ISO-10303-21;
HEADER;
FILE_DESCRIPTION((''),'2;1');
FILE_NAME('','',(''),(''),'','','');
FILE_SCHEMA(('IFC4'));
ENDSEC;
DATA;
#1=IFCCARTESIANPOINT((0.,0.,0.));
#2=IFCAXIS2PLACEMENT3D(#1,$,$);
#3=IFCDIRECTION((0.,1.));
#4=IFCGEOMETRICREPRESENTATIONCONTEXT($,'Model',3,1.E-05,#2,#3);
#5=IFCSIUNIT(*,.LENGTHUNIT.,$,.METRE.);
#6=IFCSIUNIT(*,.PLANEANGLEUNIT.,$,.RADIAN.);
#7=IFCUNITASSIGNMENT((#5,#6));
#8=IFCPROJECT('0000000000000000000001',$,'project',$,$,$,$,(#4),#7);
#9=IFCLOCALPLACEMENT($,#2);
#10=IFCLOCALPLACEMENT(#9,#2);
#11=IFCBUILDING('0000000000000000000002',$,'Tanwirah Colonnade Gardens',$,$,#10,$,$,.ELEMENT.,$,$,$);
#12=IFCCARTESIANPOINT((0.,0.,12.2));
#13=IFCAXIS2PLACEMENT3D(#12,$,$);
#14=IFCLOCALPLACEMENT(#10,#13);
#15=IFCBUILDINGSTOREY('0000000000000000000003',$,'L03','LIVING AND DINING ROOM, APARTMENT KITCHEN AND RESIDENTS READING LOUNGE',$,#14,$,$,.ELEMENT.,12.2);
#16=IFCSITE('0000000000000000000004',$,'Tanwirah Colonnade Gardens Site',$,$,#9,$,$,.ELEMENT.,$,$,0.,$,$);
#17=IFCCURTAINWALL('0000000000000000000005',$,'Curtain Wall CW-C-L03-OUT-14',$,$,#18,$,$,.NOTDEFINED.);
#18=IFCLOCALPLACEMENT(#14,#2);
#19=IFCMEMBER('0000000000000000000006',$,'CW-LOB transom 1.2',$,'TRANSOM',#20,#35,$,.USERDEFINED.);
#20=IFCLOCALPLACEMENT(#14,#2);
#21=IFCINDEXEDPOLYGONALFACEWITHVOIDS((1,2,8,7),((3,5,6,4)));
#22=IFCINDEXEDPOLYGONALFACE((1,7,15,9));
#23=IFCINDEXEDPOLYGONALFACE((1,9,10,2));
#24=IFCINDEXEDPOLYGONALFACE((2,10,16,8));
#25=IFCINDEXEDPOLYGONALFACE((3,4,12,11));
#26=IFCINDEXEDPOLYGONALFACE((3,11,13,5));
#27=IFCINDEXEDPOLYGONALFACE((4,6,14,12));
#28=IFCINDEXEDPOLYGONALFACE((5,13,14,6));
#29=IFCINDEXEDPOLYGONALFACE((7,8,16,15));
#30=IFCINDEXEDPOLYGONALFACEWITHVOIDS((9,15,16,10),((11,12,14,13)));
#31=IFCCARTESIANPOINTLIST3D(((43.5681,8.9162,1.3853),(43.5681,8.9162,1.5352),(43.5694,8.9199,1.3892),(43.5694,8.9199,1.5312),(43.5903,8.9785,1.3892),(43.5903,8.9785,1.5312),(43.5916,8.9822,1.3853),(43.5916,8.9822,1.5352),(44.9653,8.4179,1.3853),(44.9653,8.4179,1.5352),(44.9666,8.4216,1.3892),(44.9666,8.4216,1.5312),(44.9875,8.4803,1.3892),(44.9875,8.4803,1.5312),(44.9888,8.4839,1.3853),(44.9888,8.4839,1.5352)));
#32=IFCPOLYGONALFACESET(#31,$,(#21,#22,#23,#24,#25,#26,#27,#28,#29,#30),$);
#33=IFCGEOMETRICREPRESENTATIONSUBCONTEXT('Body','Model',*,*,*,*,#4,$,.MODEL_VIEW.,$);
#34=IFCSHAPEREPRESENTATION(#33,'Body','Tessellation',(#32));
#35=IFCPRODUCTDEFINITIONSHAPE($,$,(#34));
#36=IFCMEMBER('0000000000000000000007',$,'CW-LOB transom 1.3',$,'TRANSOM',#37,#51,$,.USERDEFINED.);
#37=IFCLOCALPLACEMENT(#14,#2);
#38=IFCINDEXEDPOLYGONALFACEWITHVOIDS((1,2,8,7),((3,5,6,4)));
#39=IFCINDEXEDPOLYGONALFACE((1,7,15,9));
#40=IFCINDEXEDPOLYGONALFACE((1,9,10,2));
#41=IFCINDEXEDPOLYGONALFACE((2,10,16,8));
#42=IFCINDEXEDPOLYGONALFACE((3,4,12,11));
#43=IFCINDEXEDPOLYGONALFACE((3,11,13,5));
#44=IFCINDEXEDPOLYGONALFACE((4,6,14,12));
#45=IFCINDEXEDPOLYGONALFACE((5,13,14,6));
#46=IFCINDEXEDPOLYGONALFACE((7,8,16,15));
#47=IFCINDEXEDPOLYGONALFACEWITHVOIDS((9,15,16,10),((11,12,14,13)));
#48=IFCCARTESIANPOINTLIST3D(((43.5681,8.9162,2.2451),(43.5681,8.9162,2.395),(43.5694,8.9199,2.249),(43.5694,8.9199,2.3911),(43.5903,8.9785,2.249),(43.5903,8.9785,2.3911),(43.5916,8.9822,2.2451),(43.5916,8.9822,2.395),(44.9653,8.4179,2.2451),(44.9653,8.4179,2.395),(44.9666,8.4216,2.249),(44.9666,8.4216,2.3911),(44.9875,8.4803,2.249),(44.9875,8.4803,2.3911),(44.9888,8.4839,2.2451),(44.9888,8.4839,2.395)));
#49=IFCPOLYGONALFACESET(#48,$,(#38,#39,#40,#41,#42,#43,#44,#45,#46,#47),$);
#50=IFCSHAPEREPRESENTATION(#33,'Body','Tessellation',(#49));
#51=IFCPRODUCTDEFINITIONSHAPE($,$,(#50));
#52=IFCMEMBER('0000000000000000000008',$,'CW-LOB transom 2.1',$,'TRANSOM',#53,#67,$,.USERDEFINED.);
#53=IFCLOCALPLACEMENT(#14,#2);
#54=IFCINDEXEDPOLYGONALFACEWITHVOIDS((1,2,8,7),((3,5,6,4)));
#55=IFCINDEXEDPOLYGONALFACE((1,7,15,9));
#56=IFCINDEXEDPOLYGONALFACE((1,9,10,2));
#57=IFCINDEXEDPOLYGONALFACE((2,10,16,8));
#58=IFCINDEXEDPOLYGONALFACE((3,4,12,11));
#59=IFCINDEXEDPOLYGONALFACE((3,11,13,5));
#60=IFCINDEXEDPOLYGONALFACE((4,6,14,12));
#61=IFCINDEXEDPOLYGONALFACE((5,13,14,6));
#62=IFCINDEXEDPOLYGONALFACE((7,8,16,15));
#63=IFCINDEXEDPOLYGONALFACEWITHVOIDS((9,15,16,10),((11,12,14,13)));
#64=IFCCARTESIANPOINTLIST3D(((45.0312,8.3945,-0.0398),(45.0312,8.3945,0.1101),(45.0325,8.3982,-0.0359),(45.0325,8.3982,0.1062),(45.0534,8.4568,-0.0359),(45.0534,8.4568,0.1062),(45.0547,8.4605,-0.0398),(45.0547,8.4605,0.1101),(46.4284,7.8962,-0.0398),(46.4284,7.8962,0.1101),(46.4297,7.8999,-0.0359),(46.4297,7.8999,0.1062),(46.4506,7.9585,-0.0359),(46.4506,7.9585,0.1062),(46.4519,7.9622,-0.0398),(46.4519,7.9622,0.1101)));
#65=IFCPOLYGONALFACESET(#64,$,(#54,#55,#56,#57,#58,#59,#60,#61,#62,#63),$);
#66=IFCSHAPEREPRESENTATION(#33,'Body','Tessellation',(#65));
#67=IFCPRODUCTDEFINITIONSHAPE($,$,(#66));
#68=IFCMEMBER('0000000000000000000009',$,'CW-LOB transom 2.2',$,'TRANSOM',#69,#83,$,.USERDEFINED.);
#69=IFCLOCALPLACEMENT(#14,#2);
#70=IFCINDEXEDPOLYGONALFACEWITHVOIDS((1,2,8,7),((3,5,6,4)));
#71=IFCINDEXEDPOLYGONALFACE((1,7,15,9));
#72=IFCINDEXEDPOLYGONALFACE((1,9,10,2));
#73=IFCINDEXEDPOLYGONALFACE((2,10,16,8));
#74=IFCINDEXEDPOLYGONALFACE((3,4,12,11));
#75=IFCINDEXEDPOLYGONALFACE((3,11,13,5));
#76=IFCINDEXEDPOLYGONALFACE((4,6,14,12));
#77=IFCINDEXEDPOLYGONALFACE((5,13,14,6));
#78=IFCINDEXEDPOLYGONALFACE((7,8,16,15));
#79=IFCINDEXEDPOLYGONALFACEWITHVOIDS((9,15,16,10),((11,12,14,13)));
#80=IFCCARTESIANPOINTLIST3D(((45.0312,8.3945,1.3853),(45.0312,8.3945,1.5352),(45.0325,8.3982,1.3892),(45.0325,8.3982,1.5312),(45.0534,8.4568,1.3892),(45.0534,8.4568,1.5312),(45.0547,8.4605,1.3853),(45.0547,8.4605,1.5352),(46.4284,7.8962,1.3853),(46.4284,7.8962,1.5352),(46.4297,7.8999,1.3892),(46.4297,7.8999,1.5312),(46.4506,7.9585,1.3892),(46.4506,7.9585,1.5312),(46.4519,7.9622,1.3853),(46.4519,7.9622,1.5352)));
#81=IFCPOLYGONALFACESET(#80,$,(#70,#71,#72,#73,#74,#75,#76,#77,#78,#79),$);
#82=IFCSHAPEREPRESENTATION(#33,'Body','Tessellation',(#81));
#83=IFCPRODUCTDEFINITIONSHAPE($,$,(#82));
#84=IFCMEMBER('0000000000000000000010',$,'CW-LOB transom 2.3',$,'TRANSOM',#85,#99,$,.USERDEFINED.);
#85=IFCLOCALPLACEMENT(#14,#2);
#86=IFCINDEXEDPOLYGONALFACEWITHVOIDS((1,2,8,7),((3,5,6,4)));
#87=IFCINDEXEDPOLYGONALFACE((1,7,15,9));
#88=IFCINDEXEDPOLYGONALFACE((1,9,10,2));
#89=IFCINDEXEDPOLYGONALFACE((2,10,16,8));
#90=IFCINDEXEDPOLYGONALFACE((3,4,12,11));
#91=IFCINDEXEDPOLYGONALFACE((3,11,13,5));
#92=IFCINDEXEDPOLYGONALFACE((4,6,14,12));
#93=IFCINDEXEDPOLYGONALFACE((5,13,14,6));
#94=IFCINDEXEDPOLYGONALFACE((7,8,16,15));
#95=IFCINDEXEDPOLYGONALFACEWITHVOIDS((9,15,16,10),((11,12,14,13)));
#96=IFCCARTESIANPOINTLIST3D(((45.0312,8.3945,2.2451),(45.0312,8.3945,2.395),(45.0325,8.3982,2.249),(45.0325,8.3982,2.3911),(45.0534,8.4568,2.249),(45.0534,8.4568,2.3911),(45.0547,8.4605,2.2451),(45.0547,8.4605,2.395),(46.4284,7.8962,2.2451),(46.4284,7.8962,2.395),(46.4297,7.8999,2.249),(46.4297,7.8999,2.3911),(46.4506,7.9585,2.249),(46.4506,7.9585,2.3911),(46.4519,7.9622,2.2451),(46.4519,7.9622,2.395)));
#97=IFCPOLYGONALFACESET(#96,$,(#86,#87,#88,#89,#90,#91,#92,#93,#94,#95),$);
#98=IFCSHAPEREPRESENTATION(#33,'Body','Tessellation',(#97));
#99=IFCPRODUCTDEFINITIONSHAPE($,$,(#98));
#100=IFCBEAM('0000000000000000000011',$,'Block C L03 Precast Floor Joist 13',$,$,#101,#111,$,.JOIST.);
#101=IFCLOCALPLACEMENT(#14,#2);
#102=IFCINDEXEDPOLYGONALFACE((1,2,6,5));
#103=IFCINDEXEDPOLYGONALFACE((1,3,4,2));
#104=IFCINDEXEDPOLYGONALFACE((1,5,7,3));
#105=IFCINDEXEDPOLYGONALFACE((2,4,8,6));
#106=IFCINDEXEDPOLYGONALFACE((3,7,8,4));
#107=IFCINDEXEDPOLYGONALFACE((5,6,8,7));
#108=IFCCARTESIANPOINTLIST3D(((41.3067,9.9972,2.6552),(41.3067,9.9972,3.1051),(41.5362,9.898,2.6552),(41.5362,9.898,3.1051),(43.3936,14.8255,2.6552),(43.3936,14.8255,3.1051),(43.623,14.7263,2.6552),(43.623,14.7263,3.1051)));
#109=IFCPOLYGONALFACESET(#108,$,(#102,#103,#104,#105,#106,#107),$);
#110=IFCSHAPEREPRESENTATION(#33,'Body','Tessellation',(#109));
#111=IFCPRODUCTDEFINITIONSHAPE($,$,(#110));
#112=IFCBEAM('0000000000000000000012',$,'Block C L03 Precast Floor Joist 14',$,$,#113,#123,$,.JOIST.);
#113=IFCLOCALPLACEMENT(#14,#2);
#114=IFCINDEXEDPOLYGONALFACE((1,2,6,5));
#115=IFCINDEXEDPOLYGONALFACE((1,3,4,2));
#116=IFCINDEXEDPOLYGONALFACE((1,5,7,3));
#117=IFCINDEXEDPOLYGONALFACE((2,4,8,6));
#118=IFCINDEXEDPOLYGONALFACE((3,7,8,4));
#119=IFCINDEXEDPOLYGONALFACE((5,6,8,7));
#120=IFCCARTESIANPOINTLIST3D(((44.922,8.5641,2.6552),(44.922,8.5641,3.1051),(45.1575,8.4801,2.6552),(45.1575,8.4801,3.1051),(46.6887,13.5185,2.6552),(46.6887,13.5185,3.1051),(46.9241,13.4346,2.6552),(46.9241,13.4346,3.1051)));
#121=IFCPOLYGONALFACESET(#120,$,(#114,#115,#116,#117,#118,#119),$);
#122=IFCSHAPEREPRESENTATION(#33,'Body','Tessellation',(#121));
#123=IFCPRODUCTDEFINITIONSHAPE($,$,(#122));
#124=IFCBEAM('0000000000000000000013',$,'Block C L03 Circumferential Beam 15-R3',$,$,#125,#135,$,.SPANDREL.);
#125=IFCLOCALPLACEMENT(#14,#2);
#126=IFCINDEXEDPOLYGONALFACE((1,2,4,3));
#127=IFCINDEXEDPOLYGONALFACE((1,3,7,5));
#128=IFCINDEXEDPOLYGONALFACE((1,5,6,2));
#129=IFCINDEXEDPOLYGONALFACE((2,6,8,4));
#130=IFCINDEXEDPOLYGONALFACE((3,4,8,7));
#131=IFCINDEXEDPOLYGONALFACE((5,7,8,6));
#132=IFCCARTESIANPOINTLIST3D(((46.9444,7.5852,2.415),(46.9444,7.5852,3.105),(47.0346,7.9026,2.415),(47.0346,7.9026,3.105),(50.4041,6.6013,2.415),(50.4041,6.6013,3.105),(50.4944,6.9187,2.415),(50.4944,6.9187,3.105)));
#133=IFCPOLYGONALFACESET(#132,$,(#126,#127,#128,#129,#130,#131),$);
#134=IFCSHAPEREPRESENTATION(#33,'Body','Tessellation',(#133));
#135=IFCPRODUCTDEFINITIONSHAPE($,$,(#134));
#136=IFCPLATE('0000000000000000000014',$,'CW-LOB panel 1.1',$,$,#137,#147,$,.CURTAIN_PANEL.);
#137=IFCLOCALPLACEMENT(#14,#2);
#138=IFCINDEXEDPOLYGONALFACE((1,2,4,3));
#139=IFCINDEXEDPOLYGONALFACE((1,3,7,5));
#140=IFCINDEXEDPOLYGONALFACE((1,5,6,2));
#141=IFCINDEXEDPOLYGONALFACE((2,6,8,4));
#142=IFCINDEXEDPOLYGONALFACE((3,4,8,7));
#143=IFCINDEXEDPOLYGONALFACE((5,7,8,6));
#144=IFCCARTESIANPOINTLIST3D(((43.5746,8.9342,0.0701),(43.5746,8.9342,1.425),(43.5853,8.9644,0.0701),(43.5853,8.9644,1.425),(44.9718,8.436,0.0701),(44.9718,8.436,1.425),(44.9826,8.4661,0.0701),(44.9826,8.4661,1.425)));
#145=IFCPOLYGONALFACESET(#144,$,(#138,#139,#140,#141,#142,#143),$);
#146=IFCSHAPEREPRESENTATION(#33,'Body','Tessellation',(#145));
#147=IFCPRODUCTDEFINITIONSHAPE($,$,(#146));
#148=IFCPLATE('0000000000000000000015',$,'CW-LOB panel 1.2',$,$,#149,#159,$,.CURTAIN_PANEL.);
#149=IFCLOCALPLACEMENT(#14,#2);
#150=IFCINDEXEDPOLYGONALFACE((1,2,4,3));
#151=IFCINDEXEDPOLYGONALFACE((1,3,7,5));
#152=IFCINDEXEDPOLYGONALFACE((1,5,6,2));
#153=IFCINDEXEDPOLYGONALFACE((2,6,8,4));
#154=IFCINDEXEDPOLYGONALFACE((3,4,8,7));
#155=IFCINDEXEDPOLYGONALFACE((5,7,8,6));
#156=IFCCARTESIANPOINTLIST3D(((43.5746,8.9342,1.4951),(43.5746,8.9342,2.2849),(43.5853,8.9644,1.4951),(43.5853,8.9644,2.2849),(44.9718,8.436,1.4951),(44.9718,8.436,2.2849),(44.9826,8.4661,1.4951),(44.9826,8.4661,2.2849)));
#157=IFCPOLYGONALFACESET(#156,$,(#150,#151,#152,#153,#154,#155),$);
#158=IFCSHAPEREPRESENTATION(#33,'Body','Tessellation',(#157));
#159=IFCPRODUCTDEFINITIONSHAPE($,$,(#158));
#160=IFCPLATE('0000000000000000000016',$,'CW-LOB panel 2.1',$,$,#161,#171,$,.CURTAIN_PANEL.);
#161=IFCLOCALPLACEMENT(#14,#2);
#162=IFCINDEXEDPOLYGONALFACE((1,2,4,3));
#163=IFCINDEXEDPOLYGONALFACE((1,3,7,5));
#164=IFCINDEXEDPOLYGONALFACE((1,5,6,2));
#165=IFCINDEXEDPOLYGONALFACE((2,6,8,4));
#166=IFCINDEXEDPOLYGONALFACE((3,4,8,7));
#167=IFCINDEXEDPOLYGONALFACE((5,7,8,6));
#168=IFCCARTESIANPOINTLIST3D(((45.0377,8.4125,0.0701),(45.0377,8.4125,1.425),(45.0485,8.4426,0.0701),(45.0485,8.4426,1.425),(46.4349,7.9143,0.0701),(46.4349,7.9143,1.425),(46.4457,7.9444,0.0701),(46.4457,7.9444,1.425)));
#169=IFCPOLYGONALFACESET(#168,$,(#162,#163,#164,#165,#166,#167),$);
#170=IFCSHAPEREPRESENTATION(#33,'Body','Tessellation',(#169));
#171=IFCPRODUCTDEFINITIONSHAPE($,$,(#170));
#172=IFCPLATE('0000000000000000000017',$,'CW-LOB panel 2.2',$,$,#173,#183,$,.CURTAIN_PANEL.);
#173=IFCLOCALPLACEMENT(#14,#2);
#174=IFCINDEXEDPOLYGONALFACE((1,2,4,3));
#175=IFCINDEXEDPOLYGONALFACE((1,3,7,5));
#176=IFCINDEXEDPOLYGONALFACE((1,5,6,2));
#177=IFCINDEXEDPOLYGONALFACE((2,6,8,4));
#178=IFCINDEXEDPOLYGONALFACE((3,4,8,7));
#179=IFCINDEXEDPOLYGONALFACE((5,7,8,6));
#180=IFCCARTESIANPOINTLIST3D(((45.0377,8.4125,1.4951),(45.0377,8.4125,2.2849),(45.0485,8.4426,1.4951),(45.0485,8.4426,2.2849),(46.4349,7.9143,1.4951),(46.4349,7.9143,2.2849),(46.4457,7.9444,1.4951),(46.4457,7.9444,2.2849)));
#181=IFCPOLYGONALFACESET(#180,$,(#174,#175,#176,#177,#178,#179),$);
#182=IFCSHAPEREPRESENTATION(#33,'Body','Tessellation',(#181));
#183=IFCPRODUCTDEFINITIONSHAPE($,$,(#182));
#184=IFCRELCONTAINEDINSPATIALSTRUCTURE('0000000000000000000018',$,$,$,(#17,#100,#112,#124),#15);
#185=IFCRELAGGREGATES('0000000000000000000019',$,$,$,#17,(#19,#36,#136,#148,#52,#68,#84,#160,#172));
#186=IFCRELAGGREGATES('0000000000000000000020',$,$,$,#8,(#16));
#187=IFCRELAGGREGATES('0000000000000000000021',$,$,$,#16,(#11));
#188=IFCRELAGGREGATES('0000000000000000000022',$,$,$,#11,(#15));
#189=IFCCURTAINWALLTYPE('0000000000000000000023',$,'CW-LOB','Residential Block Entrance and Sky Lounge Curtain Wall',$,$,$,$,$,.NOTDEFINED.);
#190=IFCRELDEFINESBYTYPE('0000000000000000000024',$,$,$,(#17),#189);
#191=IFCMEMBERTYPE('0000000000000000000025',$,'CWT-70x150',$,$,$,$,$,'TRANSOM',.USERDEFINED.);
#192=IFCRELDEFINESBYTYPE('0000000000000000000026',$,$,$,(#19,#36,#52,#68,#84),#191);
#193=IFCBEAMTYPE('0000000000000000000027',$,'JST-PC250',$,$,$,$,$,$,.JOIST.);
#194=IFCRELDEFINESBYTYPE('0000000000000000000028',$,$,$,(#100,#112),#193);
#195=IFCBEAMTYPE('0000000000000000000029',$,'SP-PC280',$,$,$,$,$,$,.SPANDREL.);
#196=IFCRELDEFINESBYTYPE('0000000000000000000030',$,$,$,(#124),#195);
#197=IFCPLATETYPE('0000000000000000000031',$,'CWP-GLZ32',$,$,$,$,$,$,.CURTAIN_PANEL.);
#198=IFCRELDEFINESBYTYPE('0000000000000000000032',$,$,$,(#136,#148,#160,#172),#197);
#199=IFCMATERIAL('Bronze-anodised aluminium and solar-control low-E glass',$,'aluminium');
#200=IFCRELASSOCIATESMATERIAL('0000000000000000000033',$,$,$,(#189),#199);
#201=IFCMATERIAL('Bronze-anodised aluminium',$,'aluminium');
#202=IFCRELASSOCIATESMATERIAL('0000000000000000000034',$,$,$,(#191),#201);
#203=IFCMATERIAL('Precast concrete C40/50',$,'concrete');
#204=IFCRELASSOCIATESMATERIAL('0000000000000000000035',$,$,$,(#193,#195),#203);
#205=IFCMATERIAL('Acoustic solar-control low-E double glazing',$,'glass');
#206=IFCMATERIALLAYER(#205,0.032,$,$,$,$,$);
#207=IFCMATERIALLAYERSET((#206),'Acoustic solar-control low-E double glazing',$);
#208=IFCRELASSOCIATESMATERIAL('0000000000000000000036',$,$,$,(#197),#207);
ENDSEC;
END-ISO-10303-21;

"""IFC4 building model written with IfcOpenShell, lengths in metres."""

from ifc_helpers import new_model, si_unit, direction, frame, origin, origin_2d, place, context, subcontext, project, spatial, rectangle, hollow_rectangle, extrude, material, layer, layer_set, material_profile, profile_set, type_object, element, aggregate, save


model = new_model("IFC4")

# Units and contexts
model_context = context("Model", 3, precision=1e-05, world=origin(), true_north=direction((0.0, 1.0)))
body_context = subcontext(model_context, "Body", "Model", "MODEL_VIEW")
ifc_project = project(units=[si_unit("LENGTHUNIT", "METRE"), si_unit("PLANEANGLEUNIT", "RADIAN")], contexts=[model_context])

# Site, building, storey
site_placement = place(None, origin())
site = spatial("IfcSite", under=ifc_project, at=site_placement, Name="Tanwirah Colonnade Gardens Site", CompositionType="ELEMENT", RefElevation=0.0)
building_placement = place(site_placement, origin())
building = spatial("IfcBuilding", under=site, at=building_placement, Name="Tanwirah Colonnade Gardens", CompositionType="ELEMENT")
storey_placement = place(building_placement, frame((0.0, 0.0, 12.2)))
storey = spatial("IfcBuildingStorey", under=building, at=storey_placement, Name="L03", Description="LIVING AND DINING ROOM, APARTMENT KITCHEN AND RESIDENTS READING LOUNGE", CompositionType="ELEMENT", Elevation=12.2)

# Shared definitions
ifc_material_1 = material(Name="Precast concrete C40/50", Category="concrete")

# Curtain wall, members
ifc_material_2 = material(Name="Bronze-anodised aluminium and solar-control low-E glass", Category="aluminium")
curtain_wall_type = type_object("IfcCurtainWallType", Name="CW-LOB", Description="Residential Block Entrance and Sky Lounge Curtain Wall", PredefinedType="NOTDEFINED", material=ifc_material_2)
curtain_wall_placement = place(storey_placement, origin())
curtain_wall = element("IfcCurtainWall", 1, at=curtain_wall_placement, inside=storey, type_object=curtain_wall_type, Name="Curtain Wall CW-C-L03-OUT-14", PredefinedType="NOTDEFINED")
ifc_material_3 = material(Name="Bronze-anodised aluminium", Category="aluminium")
ifc_material_profile_1 = material_profile(ifc_material_3, hollow_rectangle(XDim=0.0701, YDim=0.1499, WallThickness=0.0039, at=origin_2d()), Name="CW-TRN 70x150x4")
ifc_profile_set_1 = profile_set([ifc_material_profile_1], Name="Bronze-anodised aluminium")
member_type_1 = type_object("IfcMemberType", Name="CWT-70x150", ElementType="TRANSOM", PredefinedType="USERDEFINED", material=ifc_profile_set_1)
member_1_placement = place(storey_placement, frame((43.5798, 8.9492, 1.4602), z_axis=(0.941894, -0.335909, 0.0), x_axis=(0.335909, 0.941894, 0.0)))
member_1 = element("IfcMember", 2, at=member_1_placement, type_object=member_type_1, Name="CW-LOB transom 1.2", ObjectType="TRANSOM", PredefinedType="USERDEFINED", context=body_context, shape_type="SweptSolid", body=[
    extrude(hollow_rectangle(XDim=0.0701, YDim=0.1499, WallThickness=0.0039, at=origin_2d()), origin(), (0.0, 0.0, 1.0), 1.4834),
])
member_2_placement = place(storey_placement, frame((43.5798, 8.9492, 2.3201), z_axis=(0.941894, -0.335909, 0.0), x_axis=(0.335909, 0.941894, 0.0)))
member_2 = element("IfcMember", 3, at=member_2_placement, type_object=member_type_1, Name="CW-LOB transom 1.3", ObjectType="TRANSOM", PredefinedType="USERDEFINED", context=body_context, shape_type="SweptSolid", body=[
    extrude(hollow_rectangle(XDim=0.0701, YDim=0.1499, WallThickness=0.0039, at=origin_2d()), origin(), (0.0, 0.0, 1.0), 1.4834),
])
member_3_placement = place(storey_placement, frame((45.043, 8.4275, 0.0352), z_axis=(0.941894, -0.335909, 0.0), x_axis=(0.335909, 0.941894, 0.0)))
member_3 = element("IfcMember", 4, at=member_3_placement, type_object=member_type_1, Name="CW-LOB transom 2.1", ObjectType="TRANSOM", PredefinedType="USERDEFINED", context=body_context, shape_type="SweptSolid", body=[
    extrude(hollow_rectangle(XDim=0.0701, YDim=0.1499, WallThickness=0.0039, at=origin_2d()), origin(), (0.0, 0.0, 1.0), 1.4834),
])
member_4_placement = place(storey_placement, frame((45.043, 8.4275, 1.4602), z_axis=(0.941894, -0.335909, 0.0), x_axis=(0.335909, 0.941894, 0.0)))
member_4 = element("IfcMember", 5, at=member_4_placement, type_object=member_type_1, Name="CW-LOB transom 2.2", ObjectType="TRANSOM", PredefinedType="USERDEFINED", context=body_context, shape_type="SweptSolid", body=[
    extrude(hollow_rectangle(XDim=0.0701, YDim=0.1499, WallThickness=0.0039, at=origin_2d()), origin(), (0.0, 0.0, 1.0), 1.4834),
])
member_5_placement = place(storey_placement, frame((45.043, 8.4275, 2.3201), z_axis=(0.941894, -0.335909, 0.0), x_axis=(0.335909, 0.941894, 0.0)))
member_5 = element("IfcMember", 6, at=member_5_placement, type_object=member_type_1, Name="CW-LOB transom 2.3", ObjectType="TRANSOM", PredefinedType="USERDEFINED", context=body_context, shape_type="SweptSolid", body=[
    extrude(hollow_rectangle(XDim=0.0701, YDim=0.1499, WallThickness=0.0039, at=origin_2d()), origin(), (0.0, 0.0, 1.0), 1.4834),
])

# Beams
ifc_material_profile_2 = material_profile(ifc_material_1, rectangle(XDim=0.25, YDim=0.45, at=origin_2d()), Name="PC-JST 250x450")
ifc_profile_set_2 = profile_set([ifc_material_profile_2], Name="Precast concrete C40/50")
beam_type_1 = type_object("IfcBeamType", Name="JST-PC250", PredefinedType="JOIST", material=ifc_profile_set_2)
for number, where, z_axis, x_axis, name in (
    (7, (43.5083, 14.7759, 2.8801), (-0.396746, -0.917928, 0.0), (0.917928, -0.396746, 0.0), "Block C L03 Precast Floor Joist 13"),
    (8, (46.8064, 13.4766, 2.8801), (-0.335863, -0.941911, 0.0), (0.941911, -0.335863, 0.0), "Block C L03 Precast Floor Joist 14"),
):
    element("IfcBeam", number, at=place(storey_placement, frame(where, z_axis=z_axis, x_axis=x_axis)), inside=storey, type_object=beam_type_1, Name=name, PredefinedType="JOIST", context=body_context, shape_type="SweptSolid", body=[
        extrude(rectangle(XDim=0.25, YDim=0.45, at=origin_2d()), origin(), (0.0, 0.0, 1.0), 5.26),
    ])
ifc_material_profile_3 = material_profile(ifc_material_1, rectangle(XDim=0.3301, YDim=0.6899, at=origin_2d()), Name="PC-SP 330x690")
ifc_profile_set_3 = profile_set([ifc_material_profile_3], Name="Precast concrete C40/50")
beam_type_2 = type_object("IfcBeamType", Name="SP-PC280", PredefinedType="SPANDREL", material=ifc_profile_set_3)
beam_1_placement = place(storey_placement, frame((46.9895, 7.7439, 2.76), z_axis=(0.961861, -0.273538, 0.0), x_axis=(0.273538, 0.961861, 0.0)))
element("IfcBeam", 9, at=beam_1_placement, inside=storey, type_object=beam_type_2, Name="Block C L03 Circumferential Beam 15-R3", PredefinedType="SPANDREL", context=body_context, shape_type="SweptSolid", body=[
    extrude(rectangle(XDim=0.3301, YDim=0.6899, at=origin_2d()), origin(), (0.0, 0.0, 1.0), 3.5969),
])

# Plates
ifc_material_4 = material(Name="Acoustic solar-control low-E double glazing", Category="glass")
ifc_layer_1 = layer(ifc_material_4, 0.032)
ifc_layer_set_1 = layer_set([ifc_layer_1], Name="Acoustic solar-control low-E double glazing")
plate_type = type_object("IfcPlateType", Name="CWP-GLZ32", PredefinedType="CURTAIN_PANEL", material=ifc_layer_set_1)
plate_1_placement = place(storey_placement, frame((44.2786, 8.7002, 0.0701), z_axis=(0.0, 0.0, 1.0), x_axis=(0.941911, -0.335862, 0.0)))
plate_1 = element("IfcPlate", 10, at=plate_1_placement, type_object=plate_type, Name="CW-LOB panel 1.1", PredefinedType="CURTAIN_PANEL", context=body_context, shape_type="SweptSolid", body=[
    extrude(rectangle(XDim=1.4834, YDim=0.032, at=origin_2d()), origin(), (0.0, 0.0, 1.0), 1.355),
])
plate_2_placement = place(storey_placement, frame((44.2786, 8.7002, 1.4951), z_axis=(0.0, 0.0, 1.0), x_axis=(0.941911, -0.335862, 0.0)))
plate_2 = element("IfcPlate", 11, at=plate_2_placement, type_object=plate_type, Name="CW-LOB panel 1.2", PredefinedType="CURTAIN_PANEL", context=body_context, shape_type="SweptSolid", body=[
    extrude(rectangle(XDim=1.4834, YDim=0.032, at=origin_2d()), origin(), (0.0, 0.0, 1.0), 0.7898),
])
plate_3_placement = place(storey_placement, frame((45.7417, 8.1785, 0.0701), z_axis=(0.0, 0.0, 1.0), x_axis=(0.941911, -0.335862, 0.0)))
plate_3 = element("IfcPlate", 12, at=plate_3_placement, type_object=plate_type, Name="CW-LOB panel 2.1", PredefinedType="CURTAIN_PANEL", context=body_context, shape_type="SweptSolid", body=[
    extrude(rectangle(XDim=1.4834, YDim=0.032, at=origin_2d()), origin(), (0.0, 0.0, 1.0), 1.355),
])
plate_4_placement = place(storey_placement, frame((45.7417, 8.1785, 1.4951), z_axis=(0.0, 0.0, 1.0), x_axis=(0.941911, -0.335862, 0.0)))
plate_4 = element("IfcPlate", 13, at=plate_4_placement, type_object=plate_type, Name="CW-LOB panel 2.2", PredefinedType="CURTAIN_PANEL", context=body_context, shape_type="SweptSolid", body=[
    extrude(rectangle(XDim=1.4834, YDim=0.032, at=origin_2d()), origin(), (0.0, 0.0, 1.0), 0.7898),
])
aggregate(curtain_wall, [member_1, member_2, plate_1, plate_2, member_3, member_4, member_5, plate_3, plate_4])

save(model, "model.ifc")
